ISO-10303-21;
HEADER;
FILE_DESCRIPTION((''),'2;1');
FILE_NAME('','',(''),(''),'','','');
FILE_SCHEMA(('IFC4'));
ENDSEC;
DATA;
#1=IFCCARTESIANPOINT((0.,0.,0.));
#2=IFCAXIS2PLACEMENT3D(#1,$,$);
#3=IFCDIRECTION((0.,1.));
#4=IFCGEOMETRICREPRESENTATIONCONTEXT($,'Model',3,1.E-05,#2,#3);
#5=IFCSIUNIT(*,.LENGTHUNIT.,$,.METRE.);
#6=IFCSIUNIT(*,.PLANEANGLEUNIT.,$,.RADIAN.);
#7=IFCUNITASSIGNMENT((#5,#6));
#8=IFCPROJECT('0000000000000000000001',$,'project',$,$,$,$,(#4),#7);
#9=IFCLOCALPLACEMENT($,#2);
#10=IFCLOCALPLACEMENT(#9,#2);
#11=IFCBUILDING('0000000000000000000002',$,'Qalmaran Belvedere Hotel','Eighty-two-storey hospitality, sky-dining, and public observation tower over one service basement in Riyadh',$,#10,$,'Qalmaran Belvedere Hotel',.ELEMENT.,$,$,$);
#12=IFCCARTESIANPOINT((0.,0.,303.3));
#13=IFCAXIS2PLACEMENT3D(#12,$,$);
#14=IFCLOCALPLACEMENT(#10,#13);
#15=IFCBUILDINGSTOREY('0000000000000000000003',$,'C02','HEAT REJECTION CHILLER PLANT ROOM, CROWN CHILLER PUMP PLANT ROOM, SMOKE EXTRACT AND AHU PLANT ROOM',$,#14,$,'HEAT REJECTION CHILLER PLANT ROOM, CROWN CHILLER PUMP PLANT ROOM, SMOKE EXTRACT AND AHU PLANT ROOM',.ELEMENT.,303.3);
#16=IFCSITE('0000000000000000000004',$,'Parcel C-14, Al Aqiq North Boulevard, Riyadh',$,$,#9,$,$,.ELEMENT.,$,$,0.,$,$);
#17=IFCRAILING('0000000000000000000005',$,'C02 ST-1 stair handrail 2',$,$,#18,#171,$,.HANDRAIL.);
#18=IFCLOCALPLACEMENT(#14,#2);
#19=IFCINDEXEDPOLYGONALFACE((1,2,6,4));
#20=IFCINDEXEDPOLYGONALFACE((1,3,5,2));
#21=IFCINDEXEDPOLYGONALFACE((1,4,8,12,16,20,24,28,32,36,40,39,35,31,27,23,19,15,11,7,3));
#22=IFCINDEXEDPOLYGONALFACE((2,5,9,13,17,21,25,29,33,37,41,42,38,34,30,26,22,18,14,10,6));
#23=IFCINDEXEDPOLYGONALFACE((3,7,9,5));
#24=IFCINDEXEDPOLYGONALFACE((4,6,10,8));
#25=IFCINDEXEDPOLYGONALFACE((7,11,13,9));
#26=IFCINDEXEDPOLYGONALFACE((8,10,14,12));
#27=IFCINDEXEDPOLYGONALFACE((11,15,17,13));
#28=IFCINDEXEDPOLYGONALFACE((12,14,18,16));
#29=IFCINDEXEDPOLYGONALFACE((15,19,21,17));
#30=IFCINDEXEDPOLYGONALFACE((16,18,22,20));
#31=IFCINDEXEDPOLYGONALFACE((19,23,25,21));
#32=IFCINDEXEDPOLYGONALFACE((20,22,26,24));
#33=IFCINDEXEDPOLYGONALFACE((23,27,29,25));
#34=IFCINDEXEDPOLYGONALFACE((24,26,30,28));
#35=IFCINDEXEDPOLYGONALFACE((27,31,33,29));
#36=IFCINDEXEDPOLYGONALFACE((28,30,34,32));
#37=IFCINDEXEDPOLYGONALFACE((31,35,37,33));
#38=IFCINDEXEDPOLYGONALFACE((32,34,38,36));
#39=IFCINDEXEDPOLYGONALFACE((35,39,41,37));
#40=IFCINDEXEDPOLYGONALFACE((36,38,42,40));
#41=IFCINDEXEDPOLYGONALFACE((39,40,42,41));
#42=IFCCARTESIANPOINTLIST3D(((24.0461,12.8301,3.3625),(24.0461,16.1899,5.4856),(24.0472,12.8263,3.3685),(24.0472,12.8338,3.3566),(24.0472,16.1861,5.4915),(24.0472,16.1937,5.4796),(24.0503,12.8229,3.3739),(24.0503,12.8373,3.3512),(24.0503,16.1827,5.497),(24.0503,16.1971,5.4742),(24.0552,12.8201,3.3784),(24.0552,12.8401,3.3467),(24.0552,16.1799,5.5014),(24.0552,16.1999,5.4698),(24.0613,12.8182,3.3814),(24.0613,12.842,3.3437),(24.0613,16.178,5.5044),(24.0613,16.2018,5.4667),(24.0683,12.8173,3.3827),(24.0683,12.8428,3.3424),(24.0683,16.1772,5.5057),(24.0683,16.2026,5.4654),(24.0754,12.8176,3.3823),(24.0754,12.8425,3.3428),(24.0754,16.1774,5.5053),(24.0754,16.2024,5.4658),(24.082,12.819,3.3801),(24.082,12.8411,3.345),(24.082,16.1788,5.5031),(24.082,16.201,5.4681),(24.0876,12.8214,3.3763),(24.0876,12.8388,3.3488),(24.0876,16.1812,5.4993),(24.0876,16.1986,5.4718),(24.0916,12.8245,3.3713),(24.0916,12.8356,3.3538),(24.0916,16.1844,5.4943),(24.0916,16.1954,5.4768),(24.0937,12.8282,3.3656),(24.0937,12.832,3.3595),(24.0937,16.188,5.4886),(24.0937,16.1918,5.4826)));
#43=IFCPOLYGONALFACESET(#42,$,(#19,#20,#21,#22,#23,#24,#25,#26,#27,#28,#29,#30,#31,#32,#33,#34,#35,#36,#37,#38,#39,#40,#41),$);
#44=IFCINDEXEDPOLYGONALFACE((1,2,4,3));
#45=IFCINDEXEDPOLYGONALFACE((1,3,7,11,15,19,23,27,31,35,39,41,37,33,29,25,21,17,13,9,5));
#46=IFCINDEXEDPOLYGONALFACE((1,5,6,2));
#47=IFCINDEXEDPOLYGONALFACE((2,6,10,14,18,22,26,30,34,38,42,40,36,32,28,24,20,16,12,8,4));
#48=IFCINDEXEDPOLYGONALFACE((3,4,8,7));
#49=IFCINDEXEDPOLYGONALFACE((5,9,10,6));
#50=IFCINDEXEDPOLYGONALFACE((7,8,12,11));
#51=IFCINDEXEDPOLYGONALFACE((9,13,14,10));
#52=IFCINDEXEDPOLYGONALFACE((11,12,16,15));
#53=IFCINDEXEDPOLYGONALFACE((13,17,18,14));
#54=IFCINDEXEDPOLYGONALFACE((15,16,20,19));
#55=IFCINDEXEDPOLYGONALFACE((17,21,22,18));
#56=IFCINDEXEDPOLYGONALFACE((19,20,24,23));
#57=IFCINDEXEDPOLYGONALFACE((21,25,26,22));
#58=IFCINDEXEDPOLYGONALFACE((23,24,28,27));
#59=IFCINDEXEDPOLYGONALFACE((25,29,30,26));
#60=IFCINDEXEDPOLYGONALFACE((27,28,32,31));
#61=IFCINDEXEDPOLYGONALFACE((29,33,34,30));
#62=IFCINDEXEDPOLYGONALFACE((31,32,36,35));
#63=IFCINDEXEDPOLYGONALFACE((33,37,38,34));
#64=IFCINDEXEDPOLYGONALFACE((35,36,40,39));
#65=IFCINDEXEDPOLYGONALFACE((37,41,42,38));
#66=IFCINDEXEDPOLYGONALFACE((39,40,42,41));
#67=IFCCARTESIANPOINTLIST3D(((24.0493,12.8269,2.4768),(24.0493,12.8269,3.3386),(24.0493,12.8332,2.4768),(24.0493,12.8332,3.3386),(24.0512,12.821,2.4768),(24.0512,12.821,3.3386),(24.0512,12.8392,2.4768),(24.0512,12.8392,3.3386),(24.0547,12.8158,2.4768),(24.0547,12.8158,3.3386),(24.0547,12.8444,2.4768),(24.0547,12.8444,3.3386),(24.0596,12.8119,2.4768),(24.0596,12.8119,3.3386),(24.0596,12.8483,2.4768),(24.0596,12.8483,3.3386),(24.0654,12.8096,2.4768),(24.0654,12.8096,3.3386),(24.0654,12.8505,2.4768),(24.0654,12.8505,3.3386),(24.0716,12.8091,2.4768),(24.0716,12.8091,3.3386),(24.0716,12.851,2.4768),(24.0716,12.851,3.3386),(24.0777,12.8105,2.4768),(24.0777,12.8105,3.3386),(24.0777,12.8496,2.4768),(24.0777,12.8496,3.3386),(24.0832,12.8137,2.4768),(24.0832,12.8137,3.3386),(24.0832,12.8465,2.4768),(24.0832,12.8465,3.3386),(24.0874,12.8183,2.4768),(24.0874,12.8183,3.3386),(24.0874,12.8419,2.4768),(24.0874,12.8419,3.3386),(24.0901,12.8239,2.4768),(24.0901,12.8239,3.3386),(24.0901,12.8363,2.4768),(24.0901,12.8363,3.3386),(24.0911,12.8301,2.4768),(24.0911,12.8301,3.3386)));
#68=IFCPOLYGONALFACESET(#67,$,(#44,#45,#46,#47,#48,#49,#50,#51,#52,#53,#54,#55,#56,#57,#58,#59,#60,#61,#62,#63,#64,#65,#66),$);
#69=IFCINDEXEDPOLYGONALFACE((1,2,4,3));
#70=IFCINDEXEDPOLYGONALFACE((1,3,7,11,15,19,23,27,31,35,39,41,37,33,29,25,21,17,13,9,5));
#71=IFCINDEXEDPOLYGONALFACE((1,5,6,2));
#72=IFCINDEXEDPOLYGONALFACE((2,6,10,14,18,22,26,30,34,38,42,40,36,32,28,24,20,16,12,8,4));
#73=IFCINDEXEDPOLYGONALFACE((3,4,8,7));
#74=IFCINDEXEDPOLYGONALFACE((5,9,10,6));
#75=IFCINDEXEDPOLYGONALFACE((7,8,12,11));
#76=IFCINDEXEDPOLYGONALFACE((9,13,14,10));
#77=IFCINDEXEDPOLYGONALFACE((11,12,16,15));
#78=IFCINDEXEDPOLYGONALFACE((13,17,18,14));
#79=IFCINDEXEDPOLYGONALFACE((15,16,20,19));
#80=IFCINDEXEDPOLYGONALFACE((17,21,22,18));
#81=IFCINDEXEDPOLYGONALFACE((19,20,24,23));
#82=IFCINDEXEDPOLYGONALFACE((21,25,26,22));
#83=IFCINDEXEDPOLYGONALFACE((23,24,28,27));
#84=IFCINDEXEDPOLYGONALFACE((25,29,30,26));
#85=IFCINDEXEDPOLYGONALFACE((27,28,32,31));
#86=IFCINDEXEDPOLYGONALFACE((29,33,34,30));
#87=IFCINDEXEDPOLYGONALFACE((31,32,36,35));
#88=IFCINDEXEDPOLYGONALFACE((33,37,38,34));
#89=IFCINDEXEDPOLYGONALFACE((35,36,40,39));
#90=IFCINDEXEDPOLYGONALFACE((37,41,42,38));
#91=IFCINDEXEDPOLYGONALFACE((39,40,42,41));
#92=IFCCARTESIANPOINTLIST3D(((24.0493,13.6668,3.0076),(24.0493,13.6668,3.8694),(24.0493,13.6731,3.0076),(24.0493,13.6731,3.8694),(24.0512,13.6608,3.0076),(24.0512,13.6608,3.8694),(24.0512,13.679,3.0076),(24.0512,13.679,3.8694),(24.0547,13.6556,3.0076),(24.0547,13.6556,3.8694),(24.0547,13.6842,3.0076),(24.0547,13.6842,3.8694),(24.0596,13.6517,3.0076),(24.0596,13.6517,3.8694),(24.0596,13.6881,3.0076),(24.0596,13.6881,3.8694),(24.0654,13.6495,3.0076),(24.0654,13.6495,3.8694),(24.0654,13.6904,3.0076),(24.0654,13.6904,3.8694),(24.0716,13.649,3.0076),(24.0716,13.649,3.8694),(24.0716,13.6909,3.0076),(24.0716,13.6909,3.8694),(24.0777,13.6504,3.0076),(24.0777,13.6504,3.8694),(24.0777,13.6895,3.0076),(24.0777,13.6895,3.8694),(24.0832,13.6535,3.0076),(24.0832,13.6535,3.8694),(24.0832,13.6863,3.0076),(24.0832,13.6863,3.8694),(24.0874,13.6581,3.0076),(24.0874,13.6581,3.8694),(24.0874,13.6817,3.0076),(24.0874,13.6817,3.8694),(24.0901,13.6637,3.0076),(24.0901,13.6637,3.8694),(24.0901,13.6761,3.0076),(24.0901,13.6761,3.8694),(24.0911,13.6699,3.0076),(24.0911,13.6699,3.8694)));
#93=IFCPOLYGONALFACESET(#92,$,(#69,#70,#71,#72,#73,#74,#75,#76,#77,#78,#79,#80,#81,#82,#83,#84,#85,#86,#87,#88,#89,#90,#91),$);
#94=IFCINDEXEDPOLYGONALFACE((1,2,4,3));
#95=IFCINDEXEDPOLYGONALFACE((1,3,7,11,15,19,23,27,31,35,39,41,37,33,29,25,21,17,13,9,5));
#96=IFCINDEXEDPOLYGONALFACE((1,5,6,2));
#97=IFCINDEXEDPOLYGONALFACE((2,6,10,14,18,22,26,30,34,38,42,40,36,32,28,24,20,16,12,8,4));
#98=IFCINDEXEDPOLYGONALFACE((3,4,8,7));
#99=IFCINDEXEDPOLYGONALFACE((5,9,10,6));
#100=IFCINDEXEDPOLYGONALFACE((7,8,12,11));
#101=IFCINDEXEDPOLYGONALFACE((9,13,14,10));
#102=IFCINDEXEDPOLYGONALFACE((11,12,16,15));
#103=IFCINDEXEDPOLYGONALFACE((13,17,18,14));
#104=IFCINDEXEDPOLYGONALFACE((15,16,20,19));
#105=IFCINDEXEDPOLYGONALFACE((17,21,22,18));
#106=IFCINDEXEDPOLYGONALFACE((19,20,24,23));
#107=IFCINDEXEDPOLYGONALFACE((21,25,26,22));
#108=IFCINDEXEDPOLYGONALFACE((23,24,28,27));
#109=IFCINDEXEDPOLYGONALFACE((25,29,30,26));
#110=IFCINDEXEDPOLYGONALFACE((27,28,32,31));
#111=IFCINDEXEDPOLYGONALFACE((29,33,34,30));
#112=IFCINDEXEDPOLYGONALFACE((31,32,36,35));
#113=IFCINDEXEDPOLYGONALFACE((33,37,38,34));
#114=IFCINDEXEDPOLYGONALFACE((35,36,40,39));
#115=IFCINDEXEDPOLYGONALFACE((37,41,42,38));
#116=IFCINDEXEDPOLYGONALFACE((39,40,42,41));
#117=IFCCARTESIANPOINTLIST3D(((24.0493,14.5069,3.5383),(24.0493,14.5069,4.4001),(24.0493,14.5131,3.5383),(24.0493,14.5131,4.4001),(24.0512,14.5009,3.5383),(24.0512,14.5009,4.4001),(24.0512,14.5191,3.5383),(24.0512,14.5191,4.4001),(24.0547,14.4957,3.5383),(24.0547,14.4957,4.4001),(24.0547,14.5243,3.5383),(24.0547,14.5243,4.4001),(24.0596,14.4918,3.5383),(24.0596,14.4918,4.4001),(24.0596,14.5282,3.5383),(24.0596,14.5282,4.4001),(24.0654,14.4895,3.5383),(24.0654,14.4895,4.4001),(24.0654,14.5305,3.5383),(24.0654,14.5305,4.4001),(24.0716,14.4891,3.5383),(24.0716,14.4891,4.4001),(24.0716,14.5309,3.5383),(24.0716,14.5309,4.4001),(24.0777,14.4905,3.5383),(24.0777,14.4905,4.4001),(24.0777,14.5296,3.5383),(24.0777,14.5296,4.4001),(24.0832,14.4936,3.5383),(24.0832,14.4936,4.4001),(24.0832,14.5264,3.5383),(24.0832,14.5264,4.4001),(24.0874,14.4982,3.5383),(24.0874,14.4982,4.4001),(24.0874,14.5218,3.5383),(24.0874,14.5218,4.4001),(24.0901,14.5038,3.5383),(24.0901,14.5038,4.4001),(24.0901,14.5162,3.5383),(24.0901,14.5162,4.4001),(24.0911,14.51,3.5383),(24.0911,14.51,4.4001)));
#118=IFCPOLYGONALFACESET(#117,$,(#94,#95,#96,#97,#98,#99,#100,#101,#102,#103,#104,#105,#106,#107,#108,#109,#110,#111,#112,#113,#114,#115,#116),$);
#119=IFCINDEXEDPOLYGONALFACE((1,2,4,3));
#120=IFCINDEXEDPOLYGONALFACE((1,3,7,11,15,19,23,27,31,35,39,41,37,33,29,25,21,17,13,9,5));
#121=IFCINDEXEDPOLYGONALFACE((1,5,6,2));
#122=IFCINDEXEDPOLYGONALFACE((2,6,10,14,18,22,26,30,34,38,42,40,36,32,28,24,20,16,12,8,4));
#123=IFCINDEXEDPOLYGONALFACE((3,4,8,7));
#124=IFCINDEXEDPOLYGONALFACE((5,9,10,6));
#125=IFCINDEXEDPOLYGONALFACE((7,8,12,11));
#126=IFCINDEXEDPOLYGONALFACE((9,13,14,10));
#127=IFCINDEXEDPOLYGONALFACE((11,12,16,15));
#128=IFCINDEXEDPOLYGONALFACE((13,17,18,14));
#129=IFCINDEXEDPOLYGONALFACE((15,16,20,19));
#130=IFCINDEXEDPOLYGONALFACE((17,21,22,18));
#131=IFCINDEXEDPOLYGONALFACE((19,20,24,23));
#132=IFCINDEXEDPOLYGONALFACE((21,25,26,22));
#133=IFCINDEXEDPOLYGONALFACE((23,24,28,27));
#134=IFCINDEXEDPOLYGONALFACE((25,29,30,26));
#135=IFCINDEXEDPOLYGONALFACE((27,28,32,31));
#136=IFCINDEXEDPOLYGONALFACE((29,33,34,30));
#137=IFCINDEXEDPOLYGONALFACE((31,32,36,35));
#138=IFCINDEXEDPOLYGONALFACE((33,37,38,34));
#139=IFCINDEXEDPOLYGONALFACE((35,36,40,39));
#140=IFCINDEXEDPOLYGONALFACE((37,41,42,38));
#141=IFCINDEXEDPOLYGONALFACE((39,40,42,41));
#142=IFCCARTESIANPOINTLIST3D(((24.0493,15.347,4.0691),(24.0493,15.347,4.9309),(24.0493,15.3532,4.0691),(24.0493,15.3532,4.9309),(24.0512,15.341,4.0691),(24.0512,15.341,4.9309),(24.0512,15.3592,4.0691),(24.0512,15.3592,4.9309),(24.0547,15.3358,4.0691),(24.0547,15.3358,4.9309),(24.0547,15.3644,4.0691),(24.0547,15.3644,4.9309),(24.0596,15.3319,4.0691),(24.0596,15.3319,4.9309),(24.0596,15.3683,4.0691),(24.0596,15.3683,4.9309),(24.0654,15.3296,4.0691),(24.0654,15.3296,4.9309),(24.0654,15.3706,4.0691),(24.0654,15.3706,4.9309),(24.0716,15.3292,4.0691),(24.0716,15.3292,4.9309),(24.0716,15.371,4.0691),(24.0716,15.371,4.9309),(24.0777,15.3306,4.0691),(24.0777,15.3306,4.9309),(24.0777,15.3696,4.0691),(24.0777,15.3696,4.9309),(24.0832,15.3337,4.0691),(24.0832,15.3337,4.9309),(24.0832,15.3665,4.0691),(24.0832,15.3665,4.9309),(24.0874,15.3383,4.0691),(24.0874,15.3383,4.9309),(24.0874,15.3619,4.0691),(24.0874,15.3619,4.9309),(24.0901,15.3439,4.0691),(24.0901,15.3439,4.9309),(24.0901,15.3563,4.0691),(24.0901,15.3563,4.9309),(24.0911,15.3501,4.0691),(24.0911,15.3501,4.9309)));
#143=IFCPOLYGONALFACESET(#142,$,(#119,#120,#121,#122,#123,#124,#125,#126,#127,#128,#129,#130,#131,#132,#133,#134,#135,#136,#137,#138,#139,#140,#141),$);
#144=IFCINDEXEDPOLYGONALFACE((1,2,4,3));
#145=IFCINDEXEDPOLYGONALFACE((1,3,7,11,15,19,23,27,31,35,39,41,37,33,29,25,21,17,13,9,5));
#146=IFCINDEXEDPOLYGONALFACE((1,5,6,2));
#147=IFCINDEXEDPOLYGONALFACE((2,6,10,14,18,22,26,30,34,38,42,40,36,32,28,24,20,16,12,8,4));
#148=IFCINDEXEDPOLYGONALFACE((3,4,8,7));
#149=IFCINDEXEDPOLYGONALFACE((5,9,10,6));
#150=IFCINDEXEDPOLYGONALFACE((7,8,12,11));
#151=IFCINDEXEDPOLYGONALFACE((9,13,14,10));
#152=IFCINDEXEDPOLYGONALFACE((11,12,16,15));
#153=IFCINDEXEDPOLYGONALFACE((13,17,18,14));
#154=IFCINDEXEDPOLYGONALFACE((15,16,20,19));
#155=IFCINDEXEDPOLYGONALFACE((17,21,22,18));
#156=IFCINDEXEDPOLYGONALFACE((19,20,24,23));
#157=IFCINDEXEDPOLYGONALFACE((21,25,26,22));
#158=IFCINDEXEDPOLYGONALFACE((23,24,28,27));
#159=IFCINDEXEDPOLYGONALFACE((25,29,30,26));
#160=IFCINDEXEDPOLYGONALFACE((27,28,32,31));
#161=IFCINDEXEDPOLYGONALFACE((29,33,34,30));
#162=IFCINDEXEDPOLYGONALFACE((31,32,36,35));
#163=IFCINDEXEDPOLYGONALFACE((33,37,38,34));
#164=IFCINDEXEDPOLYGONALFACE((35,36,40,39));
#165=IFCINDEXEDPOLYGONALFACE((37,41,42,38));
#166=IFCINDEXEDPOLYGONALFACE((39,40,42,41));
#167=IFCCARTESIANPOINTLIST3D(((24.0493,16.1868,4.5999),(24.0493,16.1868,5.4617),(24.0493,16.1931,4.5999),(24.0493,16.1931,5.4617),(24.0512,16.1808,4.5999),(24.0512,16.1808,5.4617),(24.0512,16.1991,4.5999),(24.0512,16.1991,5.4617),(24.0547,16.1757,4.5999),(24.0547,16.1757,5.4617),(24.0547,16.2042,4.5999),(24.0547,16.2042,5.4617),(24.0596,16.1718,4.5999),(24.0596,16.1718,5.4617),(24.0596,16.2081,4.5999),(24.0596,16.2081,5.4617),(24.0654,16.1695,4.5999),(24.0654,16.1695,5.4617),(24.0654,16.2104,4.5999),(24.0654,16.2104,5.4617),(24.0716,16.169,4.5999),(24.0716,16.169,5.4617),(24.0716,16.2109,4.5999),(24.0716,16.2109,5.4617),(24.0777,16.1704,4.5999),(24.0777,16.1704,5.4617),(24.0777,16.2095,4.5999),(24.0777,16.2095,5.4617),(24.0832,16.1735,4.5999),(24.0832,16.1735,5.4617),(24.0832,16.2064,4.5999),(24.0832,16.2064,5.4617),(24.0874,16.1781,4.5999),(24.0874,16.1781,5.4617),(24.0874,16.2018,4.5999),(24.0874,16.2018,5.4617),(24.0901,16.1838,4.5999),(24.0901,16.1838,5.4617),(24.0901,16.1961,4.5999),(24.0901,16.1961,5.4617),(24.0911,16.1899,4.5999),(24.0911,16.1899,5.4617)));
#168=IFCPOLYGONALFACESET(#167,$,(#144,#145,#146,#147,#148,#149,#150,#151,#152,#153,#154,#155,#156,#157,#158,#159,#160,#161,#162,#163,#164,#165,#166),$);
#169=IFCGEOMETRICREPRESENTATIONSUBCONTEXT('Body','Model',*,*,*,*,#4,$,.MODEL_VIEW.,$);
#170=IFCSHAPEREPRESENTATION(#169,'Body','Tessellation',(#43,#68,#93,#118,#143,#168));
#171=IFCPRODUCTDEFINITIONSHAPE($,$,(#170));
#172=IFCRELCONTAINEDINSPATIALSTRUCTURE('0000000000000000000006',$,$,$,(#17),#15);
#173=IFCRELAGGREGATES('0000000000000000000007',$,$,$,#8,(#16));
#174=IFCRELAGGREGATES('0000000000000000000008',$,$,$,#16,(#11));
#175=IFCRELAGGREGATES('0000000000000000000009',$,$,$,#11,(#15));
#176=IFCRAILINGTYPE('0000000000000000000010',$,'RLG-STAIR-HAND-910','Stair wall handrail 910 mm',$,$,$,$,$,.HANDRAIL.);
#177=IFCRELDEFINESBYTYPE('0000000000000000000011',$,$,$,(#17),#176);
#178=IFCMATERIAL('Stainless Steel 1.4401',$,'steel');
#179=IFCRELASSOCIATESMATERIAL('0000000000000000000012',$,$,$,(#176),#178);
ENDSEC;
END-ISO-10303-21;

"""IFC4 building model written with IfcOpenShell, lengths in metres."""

from ifc_helpers import new_model, si_unit, direction, frame, origin, origin_2d, place, context, subcontext, project, spatial, circle, extrude, material, type_object, element, save


model = new_model("IFC4")

# Units and contexts
model_context = context("Model", 3, precision=1e-05, world=origin(), true_north=direction((0.0, 1.0)))
body_context = subcontext(model_context, "Body", "Model", "MODEL_VIEW")
ifc_project = project(units=[si_unit("LENGTHUNIT", "METRE"), si_unit("PLANEANGLEUNIT", "RADIAN")], contexts=[model_context])

# Site, building, storey
site_placement = place(None, origin())
site = spatial("IfcSite", under=ifc_project, at=site_placement, Name="Parcel C-14, Al Aqiq North Boulevard, Riyadh", CompositionType="ELEMENT", RefElevation=0.0)
building_placement = place(site_placement, origin())
building = spatial("IfcBuilding", under=site, at=building_placement, Name="Qalmaran Belvedere Hotel", Description="Eighty-two-storey hospitality, sky-dining, and public observation tower over one service basement in Riyadh", LongName="Qalmaran Belvedere Hotel", CompositionType="ELEMENT")
storey_placement = place(building_placement, frame((0.0, 0.0, 303.3)))
storey = spatial("IfcBuildingStorey", under=building, at=storey_placement, Name="C02", Description="HEAT REJECTION CHILLER PLANT ROOM, CROWN CHILLER PUMP PLANT ROOM, SMOKE EXTRACT AND AHU PLANT ROOM", LongName="HEAT REJECTION CHILLER PLANT ROOM, CROWN CHILLER PUMP PLANT ROOM, SMOKE EXTRACT AND AHU PLANT ROOM", CompositionType="ELEMENT", Elevation=303.3)

# Railing
ifc_material_1 = material(Name="Stainless Steel 1.4401", Category="steel")
railing_type_1 = type_object("IfcRailingType", Name="RLG-STAIR-HAND-910", Description="Stair wall handrail 910 mm", PredefinedType="HANDRAIL", material=ifc_material_1)
railing_1_placement = place(storey_placement, frame((24.0701, 12.8301, 2.4768)))
element("IfcRailing", 1, at=railing_1_placement, inside=storey, type_object=railing_type_1, Name="C02 ST-1 stair handrail 2", PredefinedType="HANDRAIL", context=body_context, shape_type="SweptSolid", body=[
    extrude(circle(Radius=0.0239, at=origin_2d()), frame((0.0, 0.0, 0.8857), z_axis=(0.0, 0.845372, 0.534178), x_axis=(-1.0, 0.0, 0.0)), (0.0, 0.0, 1.0), 3.9744),
    extrude(circle(Radius=0.021, at=origin_2d()), origin(), (0.0, 0.0, 1.0), 0.8618),
    extrude(circle(Radius=0.021, at=origin_2d()), frame((0.0, 0.8398, 0.5308)), (0.0, 0.0, 1.0), 0.8618),
    extrude(circle(Radius=0.021, at=origin_2d()), frame((0.0, 1.6799, 1.0615)), (0.0, 0.0, 1.0), 0.8618),
    extrude(circle(Radius=0.021, at=origin_2d()), frame((0.0, 2.52, 1.5923)), (0.0, 0.0, 1.0), 0.8618),
    extrude(circle(Radius=0.021, at=origin_2d()), frame((0.0, 3.3599, 2.123)), (0.0, 0.0, 1.0), 0.8618),
])

save(model, "model.ifc")
